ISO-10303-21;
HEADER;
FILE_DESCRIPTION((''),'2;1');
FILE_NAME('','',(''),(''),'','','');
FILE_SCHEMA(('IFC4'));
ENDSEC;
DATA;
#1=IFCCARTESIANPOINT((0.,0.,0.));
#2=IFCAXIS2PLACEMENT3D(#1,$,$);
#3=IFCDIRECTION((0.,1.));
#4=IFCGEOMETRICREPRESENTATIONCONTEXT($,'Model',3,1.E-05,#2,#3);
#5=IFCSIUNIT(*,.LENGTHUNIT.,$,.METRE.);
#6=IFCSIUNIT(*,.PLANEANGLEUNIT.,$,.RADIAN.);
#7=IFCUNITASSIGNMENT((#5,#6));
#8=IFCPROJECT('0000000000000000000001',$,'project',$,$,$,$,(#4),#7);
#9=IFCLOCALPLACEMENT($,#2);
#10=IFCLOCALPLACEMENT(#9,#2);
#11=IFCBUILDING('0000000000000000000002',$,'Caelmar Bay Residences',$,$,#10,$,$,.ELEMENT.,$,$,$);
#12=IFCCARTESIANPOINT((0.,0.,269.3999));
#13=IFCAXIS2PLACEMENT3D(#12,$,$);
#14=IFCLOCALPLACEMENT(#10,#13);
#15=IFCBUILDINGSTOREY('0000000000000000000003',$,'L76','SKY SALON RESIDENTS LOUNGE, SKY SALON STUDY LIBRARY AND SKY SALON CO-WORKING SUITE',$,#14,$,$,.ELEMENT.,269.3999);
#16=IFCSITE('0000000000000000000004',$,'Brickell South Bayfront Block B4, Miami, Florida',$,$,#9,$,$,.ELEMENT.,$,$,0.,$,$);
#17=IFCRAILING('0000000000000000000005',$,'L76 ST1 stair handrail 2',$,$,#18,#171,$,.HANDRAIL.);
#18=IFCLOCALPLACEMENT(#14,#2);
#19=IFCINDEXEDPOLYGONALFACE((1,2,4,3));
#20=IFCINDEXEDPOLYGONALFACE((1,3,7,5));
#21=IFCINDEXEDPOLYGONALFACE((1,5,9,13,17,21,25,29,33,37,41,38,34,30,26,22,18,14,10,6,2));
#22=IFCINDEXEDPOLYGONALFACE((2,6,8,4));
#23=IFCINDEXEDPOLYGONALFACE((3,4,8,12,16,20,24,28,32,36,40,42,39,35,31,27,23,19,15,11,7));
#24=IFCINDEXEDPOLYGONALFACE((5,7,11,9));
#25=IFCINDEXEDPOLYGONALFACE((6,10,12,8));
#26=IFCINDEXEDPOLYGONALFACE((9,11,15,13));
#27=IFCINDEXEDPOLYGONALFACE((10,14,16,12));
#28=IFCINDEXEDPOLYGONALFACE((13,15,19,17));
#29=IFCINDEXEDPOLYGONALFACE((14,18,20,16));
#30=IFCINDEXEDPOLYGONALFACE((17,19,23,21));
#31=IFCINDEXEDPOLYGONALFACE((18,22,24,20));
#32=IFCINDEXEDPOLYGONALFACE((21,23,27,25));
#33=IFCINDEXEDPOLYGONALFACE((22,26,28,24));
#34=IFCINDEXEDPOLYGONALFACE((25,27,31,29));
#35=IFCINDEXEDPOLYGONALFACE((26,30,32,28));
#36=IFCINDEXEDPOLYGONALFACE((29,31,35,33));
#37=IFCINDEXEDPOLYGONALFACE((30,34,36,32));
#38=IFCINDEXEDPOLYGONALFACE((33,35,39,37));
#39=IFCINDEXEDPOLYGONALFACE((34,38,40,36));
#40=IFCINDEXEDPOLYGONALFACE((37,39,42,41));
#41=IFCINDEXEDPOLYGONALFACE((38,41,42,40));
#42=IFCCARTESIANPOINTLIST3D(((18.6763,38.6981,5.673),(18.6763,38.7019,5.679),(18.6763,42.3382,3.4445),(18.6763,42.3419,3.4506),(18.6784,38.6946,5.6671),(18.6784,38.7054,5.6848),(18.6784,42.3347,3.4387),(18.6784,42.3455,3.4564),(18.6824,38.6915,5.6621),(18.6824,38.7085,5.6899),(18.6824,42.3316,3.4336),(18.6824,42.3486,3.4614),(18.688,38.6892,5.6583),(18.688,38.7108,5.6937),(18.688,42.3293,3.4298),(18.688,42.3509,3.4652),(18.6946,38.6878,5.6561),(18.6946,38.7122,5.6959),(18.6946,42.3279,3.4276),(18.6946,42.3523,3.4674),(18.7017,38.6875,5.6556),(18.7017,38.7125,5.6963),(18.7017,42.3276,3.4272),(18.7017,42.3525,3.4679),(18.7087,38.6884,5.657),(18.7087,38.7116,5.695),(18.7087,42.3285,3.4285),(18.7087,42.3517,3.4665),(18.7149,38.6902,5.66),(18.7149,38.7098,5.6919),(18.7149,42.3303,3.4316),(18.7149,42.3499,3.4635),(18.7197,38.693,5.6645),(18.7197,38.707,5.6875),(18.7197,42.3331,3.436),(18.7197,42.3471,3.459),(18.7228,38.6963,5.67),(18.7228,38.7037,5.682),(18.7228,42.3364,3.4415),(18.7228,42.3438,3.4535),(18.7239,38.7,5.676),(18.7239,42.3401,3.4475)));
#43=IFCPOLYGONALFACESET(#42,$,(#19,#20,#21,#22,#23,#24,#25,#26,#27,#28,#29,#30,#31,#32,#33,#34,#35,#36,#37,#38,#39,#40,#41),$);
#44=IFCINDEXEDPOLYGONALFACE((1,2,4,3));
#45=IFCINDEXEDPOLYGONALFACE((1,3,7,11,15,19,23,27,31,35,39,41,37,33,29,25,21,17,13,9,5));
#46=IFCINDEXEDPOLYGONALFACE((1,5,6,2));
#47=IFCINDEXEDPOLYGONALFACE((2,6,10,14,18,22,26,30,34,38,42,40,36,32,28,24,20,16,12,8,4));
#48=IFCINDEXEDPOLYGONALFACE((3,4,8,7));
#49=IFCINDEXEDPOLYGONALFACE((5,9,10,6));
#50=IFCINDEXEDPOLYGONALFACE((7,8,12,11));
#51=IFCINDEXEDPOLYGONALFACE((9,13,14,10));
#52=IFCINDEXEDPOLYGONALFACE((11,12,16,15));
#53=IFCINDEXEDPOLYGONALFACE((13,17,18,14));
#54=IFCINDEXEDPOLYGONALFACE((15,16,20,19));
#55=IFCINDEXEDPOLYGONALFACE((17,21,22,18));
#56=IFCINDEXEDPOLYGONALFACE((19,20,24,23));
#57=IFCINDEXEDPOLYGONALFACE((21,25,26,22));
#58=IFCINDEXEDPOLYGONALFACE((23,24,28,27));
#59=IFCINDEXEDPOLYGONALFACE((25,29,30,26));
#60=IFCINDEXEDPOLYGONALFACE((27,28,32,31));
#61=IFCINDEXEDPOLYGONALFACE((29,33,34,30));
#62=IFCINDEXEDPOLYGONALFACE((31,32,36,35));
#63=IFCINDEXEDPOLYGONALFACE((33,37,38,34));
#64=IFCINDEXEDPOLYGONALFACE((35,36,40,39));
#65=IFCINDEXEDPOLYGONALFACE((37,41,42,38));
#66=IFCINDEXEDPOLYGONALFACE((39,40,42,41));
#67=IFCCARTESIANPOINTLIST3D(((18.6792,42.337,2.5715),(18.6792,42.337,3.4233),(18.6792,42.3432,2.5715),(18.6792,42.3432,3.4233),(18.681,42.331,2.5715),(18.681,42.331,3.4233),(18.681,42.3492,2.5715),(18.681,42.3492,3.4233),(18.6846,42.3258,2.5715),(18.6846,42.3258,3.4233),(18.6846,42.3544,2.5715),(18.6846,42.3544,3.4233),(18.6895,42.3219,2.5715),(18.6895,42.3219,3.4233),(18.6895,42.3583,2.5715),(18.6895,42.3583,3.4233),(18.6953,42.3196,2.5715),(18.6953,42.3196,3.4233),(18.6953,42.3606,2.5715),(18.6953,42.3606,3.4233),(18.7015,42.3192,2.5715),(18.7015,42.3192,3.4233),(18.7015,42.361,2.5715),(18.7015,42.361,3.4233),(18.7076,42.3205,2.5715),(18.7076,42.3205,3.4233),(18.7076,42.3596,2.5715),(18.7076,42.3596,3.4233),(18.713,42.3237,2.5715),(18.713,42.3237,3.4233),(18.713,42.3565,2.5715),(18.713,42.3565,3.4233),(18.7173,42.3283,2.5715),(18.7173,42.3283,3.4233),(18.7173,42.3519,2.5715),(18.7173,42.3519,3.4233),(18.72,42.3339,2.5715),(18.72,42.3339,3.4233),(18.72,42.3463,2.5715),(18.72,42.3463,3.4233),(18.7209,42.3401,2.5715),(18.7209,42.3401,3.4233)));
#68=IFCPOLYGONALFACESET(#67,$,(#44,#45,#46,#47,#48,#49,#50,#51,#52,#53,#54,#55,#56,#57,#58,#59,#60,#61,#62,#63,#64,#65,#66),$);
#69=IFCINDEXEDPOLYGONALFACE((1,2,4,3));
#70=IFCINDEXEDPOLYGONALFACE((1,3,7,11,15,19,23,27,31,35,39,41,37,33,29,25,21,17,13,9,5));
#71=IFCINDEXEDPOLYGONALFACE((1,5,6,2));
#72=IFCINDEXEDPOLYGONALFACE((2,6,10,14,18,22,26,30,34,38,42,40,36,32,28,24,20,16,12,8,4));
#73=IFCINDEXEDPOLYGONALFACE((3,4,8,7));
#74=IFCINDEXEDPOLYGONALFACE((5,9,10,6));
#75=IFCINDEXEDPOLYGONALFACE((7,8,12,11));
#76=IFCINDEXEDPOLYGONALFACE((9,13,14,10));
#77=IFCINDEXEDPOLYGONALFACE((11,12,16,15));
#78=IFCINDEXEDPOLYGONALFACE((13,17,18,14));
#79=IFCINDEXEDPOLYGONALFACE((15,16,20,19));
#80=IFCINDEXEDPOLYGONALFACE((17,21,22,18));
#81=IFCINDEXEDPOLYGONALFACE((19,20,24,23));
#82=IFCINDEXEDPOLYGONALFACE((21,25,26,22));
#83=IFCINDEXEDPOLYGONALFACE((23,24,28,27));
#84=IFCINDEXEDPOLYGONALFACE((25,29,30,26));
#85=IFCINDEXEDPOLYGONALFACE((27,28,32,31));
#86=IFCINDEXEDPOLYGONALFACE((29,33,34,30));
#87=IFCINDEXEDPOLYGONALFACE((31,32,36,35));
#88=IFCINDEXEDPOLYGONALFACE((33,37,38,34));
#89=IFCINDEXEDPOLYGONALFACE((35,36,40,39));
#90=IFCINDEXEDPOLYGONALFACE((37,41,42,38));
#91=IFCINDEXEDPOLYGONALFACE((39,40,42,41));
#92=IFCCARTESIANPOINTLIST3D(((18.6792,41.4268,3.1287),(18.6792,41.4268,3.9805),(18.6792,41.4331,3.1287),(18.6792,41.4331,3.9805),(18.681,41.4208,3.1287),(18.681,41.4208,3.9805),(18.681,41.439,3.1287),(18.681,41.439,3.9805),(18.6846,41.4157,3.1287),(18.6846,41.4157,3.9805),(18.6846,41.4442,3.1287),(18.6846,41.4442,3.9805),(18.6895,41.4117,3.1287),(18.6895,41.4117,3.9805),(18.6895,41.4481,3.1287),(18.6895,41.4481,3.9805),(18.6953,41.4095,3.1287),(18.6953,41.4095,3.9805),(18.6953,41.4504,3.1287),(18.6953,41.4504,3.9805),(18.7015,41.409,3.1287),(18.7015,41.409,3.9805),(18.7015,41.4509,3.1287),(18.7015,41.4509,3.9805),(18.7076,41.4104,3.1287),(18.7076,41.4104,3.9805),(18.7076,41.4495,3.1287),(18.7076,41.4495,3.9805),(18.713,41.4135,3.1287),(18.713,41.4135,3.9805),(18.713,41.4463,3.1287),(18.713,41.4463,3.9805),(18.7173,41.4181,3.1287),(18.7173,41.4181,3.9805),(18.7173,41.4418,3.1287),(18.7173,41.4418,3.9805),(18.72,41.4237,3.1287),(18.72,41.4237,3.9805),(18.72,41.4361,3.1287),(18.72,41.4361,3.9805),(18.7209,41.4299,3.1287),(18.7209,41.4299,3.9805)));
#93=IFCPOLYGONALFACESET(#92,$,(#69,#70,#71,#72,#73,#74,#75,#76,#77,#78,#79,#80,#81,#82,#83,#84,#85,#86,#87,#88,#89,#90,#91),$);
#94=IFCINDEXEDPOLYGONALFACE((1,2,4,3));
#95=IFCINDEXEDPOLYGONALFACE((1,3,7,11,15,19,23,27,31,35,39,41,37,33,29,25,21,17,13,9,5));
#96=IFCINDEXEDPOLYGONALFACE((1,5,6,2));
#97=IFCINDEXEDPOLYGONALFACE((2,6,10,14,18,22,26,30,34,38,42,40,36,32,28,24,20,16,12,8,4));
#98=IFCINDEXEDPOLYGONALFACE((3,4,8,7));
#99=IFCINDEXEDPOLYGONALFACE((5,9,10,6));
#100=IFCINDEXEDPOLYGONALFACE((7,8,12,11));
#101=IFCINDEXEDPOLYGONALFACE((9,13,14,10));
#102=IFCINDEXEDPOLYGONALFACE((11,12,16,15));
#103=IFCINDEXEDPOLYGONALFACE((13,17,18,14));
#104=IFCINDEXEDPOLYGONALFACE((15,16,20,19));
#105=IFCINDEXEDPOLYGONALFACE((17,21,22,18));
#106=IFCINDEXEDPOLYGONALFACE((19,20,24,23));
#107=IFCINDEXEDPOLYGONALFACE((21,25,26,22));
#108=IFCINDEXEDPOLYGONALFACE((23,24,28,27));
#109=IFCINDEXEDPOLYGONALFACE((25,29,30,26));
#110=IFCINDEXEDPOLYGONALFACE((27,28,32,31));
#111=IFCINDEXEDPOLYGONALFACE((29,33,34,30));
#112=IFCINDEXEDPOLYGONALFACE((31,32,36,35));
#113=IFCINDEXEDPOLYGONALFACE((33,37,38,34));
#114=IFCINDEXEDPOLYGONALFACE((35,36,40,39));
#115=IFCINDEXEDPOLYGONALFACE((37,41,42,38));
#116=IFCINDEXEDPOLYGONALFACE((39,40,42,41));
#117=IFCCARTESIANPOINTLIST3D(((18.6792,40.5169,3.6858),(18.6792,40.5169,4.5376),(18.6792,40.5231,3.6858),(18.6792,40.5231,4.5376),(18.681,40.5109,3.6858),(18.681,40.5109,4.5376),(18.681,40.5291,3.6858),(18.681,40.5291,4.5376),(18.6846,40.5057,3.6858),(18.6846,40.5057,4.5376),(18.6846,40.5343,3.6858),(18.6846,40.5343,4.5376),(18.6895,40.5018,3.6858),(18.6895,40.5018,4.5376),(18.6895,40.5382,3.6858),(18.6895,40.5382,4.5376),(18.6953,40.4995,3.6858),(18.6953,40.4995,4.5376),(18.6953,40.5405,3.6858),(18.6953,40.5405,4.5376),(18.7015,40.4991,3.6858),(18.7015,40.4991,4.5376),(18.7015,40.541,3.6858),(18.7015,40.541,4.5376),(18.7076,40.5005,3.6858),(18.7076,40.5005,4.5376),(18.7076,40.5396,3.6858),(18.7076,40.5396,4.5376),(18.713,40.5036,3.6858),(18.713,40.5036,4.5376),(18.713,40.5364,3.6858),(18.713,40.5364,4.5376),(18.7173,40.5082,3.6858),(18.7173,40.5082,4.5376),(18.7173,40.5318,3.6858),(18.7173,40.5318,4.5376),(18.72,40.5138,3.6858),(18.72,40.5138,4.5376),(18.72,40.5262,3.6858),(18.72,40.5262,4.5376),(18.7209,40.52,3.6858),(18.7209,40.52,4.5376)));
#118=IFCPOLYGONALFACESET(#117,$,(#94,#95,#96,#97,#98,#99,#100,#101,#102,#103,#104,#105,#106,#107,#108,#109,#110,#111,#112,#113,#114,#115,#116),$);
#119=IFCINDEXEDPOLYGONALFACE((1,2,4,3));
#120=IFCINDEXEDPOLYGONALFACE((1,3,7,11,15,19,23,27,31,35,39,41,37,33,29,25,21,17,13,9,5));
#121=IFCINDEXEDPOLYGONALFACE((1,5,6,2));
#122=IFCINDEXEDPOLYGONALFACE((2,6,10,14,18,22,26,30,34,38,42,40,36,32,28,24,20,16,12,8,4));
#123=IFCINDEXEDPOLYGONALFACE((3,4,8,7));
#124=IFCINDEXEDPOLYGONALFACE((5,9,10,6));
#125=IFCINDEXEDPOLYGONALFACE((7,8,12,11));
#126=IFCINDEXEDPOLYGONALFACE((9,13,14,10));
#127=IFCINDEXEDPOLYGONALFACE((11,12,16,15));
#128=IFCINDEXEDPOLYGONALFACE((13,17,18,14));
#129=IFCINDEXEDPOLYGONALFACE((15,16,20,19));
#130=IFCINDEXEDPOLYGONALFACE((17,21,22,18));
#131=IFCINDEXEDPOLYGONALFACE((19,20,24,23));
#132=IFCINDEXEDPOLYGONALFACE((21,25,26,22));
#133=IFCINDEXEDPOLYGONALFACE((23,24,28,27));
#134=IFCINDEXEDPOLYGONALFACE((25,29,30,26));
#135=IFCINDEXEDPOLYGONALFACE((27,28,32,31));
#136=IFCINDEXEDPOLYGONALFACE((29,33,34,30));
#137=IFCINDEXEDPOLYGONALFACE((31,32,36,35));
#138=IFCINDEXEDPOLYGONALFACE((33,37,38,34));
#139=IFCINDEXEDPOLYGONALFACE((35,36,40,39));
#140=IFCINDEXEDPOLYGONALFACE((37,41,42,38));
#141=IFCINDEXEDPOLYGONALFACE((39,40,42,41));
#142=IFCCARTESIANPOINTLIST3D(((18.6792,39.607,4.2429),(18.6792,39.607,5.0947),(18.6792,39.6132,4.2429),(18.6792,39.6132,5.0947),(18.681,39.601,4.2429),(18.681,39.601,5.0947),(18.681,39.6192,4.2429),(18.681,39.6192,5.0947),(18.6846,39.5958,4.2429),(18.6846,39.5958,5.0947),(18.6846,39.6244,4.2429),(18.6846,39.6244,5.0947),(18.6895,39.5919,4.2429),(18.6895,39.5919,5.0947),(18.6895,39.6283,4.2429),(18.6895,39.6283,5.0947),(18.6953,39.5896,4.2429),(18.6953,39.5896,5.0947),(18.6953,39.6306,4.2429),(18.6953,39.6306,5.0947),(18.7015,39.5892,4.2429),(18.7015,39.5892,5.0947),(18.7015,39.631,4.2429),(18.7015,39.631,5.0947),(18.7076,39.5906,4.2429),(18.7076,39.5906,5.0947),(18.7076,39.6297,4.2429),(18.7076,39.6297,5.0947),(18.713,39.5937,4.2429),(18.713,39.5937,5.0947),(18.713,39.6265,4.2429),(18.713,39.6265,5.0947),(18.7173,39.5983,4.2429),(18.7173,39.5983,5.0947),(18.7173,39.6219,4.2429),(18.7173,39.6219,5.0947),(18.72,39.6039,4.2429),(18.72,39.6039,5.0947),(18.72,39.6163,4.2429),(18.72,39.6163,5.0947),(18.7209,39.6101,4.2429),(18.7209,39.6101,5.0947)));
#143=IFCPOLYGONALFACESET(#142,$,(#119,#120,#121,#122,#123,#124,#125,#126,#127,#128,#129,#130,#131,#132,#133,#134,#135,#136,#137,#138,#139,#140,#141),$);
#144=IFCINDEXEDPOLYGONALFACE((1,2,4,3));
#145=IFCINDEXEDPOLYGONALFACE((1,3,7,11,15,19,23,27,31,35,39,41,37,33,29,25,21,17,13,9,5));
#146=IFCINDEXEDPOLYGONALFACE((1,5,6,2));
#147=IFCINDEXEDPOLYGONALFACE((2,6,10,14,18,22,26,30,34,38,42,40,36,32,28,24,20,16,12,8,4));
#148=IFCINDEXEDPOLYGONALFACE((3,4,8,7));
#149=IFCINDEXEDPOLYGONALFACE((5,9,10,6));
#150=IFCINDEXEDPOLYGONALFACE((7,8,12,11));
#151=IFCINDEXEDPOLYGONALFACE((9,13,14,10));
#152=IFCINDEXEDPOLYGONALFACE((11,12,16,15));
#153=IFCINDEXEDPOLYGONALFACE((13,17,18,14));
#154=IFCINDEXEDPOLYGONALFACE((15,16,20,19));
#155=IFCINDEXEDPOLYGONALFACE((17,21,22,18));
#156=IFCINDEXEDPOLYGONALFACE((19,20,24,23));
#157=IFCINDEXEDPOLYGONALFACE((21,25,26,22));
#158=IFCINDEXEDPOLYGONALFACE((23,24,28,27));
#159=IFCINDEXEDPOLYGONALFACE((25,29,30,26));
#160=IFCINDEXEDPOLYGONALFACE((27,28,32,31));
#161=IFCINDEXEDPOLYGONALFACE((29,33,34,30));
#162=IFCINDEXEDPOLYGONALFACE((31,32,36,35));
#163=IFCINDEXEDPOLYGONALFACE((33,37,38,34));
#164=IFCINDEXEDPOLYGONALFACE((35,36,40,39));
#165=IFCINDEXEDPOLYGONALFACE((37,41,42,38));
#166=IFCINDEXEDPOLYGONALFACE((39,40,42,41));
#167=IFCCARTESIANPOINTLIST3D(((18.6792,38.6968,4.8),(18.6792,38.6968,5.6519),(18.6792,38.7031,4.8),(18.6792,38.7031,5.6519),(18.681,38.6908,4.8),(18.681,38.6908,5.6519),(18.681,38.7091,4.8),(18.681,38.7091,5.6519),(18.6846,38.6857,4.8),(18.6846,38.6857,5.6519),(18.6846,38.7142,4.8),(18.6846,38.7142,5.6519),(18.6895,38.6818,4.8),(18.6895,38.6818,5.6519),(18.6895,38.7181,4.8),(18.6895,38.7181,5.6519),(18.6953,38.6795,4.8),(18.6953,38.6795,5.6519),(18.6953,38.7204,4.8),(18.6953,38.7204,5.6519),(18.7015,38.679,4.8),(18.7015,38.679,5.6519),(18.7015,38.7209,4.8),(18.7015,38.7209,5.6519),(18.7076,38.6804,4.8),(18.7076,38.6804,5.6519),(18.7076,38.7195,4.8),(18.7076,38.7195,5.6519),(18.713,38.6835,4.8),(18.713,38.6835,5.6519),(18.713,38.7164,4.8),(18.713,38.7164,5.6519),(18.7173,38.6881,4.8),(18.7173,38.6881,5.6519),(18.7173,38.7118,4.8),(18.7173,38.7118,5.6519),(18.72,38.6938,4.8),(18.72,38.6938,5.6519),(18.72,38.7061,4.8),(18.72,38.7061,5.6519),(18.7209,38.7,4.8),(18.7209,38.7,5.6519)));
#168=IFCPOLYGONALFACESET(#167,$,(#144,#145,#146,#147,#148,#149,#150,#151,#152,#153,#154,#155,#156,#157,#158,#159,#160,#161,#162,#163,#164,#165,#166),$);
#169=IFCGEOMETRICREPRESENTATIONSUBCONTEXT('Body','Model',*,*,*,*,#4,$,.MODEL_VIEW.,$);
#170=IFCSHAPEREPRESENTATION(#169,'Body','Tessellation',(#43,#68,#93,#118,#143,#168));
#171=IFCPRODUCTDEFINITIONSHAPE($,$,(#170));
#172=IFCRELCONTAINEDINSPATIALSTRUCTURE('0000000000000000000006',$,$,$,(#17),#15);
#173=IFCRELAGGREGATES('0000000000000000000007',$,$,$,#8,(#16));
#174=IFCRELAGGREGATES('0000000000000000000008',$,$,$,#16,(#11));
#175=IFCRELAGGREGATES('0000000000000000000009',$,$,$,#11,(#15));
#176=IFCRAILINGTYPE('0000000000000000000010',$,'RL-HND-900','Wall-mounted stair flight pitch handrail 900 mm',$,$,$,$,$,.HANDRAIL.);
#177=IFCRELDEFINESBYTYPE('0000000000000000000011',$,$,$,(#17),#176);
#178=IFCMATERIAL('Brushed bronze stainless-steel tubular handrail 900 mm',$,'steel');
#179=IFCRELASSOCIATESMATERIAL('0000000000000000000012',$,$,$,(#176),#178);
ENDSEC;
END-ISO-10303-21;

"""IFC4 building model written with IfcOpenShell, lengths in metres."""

from ifc_helpers import new_model, si_unit, direction, frame, origin, origin_2d, place, context, subcontext, project, spatial, circle, extrude, material, type_object, element, save


model = new_model("IFC4")

# Units and contexts
model_context = context("Model", 3, precision=1e-05, world=origin(), true_north=direction((0.0, 1.0)))
body_context = subcontext(model_context, "Body", "Model", "MODEL_VIEW")
ifc_project = project(units=[si_unit("LENGTHUNIT", "METRE"), si_unit("PLANEANGLEUNIT", "RADIAN")], contexts=[model_context])

# Site, building, storey
site_placement = place(None, origin())
site = spatial("IfcSite", under=ifc_project, at=site_placement, Name="Brickell South Bayfront Block B4, Miami, Florida", CompositionType="ELEMENT", RefElevation=0.0)
building_placement = place(site_placement, origin())
building = spatial("IfcBuilding", under=site, at=building_placement, Name="Caelmar Bay Residences", CompositionType="ELEMENT")
storey_placement = place(building_placement, frame((0.0, 0.0, 269.3999)))
storey = spatial("IfcBuildingStorey", under=building, at=storey_placement, Name="L76", Description="SKY SALON RESIDENTS LOUNGE, SKY SALON STUDY LIBRARY AND SKY SALON CO-WORKING SUITE", CompositionType="ELEMENT", Elevation=269.3999)

# Railing
ifc_material_1 = material(Name="Brushed bronze stainless-steel tubular handrail 900 mm", Category="steel")
railing_type_1 = type_object("IfcRailingType", Name="RL-HND-900", Description="Wall-mounted stair flight pitch handrail 900 mm", PredefinedType="HANDRAIL", material=ifc_material_1)
railing_1_placement = place(storey_placement, frame((18.7, 42.3401, 2.5715)))
element("IfcRailing", 1, at=railing_1_placement, inside=storey, type_object=railing_type_1, Name="L76 ST1 stair handrail 2", PredefinedType="HANDRAIL", context=body_context, shape_type="SweptSolid", body=[
    extrude(circle(Radius=0.0239, at=origin_2d()), frame((0.0, 0.0, 0.876), z_axis=(0.0, -0.852866, 0.52213), x_axis=(1.0, 0.0, 0.0)), (0.0, 0.0, 1.0), 4.2681),
    extrude(circle(Radius=0.021, at=origin_2d()), origin(), (0.0, 0.0, 1.0), 0.8518),
    extrude(circle(Radius=0.021, at=origin_2d()), frame((0.0, -0.9102, 0.5571)), (0.0, 0.0, 1.0), 0.8518),
    extrude(circle(Radius=0.021, at=origin_2d()), frame((0.0, -1.8201, 1.1143)), (0.0, 0.0, 1.0), 0.8518),
    extrude(circle(Radius=0.021, at=origin_2d()), frame((0.0, -2.73, 1.6714)), (0.0, 0.0, 1.0), 0.8518),
    extrude(circle(Radius=0.021, at=origin_2d()), frame((0.0, -3.6401, 2.2285)), (0.0, 0.0, 1.0), 0.8518),
])

save(model, "model.ifc")
